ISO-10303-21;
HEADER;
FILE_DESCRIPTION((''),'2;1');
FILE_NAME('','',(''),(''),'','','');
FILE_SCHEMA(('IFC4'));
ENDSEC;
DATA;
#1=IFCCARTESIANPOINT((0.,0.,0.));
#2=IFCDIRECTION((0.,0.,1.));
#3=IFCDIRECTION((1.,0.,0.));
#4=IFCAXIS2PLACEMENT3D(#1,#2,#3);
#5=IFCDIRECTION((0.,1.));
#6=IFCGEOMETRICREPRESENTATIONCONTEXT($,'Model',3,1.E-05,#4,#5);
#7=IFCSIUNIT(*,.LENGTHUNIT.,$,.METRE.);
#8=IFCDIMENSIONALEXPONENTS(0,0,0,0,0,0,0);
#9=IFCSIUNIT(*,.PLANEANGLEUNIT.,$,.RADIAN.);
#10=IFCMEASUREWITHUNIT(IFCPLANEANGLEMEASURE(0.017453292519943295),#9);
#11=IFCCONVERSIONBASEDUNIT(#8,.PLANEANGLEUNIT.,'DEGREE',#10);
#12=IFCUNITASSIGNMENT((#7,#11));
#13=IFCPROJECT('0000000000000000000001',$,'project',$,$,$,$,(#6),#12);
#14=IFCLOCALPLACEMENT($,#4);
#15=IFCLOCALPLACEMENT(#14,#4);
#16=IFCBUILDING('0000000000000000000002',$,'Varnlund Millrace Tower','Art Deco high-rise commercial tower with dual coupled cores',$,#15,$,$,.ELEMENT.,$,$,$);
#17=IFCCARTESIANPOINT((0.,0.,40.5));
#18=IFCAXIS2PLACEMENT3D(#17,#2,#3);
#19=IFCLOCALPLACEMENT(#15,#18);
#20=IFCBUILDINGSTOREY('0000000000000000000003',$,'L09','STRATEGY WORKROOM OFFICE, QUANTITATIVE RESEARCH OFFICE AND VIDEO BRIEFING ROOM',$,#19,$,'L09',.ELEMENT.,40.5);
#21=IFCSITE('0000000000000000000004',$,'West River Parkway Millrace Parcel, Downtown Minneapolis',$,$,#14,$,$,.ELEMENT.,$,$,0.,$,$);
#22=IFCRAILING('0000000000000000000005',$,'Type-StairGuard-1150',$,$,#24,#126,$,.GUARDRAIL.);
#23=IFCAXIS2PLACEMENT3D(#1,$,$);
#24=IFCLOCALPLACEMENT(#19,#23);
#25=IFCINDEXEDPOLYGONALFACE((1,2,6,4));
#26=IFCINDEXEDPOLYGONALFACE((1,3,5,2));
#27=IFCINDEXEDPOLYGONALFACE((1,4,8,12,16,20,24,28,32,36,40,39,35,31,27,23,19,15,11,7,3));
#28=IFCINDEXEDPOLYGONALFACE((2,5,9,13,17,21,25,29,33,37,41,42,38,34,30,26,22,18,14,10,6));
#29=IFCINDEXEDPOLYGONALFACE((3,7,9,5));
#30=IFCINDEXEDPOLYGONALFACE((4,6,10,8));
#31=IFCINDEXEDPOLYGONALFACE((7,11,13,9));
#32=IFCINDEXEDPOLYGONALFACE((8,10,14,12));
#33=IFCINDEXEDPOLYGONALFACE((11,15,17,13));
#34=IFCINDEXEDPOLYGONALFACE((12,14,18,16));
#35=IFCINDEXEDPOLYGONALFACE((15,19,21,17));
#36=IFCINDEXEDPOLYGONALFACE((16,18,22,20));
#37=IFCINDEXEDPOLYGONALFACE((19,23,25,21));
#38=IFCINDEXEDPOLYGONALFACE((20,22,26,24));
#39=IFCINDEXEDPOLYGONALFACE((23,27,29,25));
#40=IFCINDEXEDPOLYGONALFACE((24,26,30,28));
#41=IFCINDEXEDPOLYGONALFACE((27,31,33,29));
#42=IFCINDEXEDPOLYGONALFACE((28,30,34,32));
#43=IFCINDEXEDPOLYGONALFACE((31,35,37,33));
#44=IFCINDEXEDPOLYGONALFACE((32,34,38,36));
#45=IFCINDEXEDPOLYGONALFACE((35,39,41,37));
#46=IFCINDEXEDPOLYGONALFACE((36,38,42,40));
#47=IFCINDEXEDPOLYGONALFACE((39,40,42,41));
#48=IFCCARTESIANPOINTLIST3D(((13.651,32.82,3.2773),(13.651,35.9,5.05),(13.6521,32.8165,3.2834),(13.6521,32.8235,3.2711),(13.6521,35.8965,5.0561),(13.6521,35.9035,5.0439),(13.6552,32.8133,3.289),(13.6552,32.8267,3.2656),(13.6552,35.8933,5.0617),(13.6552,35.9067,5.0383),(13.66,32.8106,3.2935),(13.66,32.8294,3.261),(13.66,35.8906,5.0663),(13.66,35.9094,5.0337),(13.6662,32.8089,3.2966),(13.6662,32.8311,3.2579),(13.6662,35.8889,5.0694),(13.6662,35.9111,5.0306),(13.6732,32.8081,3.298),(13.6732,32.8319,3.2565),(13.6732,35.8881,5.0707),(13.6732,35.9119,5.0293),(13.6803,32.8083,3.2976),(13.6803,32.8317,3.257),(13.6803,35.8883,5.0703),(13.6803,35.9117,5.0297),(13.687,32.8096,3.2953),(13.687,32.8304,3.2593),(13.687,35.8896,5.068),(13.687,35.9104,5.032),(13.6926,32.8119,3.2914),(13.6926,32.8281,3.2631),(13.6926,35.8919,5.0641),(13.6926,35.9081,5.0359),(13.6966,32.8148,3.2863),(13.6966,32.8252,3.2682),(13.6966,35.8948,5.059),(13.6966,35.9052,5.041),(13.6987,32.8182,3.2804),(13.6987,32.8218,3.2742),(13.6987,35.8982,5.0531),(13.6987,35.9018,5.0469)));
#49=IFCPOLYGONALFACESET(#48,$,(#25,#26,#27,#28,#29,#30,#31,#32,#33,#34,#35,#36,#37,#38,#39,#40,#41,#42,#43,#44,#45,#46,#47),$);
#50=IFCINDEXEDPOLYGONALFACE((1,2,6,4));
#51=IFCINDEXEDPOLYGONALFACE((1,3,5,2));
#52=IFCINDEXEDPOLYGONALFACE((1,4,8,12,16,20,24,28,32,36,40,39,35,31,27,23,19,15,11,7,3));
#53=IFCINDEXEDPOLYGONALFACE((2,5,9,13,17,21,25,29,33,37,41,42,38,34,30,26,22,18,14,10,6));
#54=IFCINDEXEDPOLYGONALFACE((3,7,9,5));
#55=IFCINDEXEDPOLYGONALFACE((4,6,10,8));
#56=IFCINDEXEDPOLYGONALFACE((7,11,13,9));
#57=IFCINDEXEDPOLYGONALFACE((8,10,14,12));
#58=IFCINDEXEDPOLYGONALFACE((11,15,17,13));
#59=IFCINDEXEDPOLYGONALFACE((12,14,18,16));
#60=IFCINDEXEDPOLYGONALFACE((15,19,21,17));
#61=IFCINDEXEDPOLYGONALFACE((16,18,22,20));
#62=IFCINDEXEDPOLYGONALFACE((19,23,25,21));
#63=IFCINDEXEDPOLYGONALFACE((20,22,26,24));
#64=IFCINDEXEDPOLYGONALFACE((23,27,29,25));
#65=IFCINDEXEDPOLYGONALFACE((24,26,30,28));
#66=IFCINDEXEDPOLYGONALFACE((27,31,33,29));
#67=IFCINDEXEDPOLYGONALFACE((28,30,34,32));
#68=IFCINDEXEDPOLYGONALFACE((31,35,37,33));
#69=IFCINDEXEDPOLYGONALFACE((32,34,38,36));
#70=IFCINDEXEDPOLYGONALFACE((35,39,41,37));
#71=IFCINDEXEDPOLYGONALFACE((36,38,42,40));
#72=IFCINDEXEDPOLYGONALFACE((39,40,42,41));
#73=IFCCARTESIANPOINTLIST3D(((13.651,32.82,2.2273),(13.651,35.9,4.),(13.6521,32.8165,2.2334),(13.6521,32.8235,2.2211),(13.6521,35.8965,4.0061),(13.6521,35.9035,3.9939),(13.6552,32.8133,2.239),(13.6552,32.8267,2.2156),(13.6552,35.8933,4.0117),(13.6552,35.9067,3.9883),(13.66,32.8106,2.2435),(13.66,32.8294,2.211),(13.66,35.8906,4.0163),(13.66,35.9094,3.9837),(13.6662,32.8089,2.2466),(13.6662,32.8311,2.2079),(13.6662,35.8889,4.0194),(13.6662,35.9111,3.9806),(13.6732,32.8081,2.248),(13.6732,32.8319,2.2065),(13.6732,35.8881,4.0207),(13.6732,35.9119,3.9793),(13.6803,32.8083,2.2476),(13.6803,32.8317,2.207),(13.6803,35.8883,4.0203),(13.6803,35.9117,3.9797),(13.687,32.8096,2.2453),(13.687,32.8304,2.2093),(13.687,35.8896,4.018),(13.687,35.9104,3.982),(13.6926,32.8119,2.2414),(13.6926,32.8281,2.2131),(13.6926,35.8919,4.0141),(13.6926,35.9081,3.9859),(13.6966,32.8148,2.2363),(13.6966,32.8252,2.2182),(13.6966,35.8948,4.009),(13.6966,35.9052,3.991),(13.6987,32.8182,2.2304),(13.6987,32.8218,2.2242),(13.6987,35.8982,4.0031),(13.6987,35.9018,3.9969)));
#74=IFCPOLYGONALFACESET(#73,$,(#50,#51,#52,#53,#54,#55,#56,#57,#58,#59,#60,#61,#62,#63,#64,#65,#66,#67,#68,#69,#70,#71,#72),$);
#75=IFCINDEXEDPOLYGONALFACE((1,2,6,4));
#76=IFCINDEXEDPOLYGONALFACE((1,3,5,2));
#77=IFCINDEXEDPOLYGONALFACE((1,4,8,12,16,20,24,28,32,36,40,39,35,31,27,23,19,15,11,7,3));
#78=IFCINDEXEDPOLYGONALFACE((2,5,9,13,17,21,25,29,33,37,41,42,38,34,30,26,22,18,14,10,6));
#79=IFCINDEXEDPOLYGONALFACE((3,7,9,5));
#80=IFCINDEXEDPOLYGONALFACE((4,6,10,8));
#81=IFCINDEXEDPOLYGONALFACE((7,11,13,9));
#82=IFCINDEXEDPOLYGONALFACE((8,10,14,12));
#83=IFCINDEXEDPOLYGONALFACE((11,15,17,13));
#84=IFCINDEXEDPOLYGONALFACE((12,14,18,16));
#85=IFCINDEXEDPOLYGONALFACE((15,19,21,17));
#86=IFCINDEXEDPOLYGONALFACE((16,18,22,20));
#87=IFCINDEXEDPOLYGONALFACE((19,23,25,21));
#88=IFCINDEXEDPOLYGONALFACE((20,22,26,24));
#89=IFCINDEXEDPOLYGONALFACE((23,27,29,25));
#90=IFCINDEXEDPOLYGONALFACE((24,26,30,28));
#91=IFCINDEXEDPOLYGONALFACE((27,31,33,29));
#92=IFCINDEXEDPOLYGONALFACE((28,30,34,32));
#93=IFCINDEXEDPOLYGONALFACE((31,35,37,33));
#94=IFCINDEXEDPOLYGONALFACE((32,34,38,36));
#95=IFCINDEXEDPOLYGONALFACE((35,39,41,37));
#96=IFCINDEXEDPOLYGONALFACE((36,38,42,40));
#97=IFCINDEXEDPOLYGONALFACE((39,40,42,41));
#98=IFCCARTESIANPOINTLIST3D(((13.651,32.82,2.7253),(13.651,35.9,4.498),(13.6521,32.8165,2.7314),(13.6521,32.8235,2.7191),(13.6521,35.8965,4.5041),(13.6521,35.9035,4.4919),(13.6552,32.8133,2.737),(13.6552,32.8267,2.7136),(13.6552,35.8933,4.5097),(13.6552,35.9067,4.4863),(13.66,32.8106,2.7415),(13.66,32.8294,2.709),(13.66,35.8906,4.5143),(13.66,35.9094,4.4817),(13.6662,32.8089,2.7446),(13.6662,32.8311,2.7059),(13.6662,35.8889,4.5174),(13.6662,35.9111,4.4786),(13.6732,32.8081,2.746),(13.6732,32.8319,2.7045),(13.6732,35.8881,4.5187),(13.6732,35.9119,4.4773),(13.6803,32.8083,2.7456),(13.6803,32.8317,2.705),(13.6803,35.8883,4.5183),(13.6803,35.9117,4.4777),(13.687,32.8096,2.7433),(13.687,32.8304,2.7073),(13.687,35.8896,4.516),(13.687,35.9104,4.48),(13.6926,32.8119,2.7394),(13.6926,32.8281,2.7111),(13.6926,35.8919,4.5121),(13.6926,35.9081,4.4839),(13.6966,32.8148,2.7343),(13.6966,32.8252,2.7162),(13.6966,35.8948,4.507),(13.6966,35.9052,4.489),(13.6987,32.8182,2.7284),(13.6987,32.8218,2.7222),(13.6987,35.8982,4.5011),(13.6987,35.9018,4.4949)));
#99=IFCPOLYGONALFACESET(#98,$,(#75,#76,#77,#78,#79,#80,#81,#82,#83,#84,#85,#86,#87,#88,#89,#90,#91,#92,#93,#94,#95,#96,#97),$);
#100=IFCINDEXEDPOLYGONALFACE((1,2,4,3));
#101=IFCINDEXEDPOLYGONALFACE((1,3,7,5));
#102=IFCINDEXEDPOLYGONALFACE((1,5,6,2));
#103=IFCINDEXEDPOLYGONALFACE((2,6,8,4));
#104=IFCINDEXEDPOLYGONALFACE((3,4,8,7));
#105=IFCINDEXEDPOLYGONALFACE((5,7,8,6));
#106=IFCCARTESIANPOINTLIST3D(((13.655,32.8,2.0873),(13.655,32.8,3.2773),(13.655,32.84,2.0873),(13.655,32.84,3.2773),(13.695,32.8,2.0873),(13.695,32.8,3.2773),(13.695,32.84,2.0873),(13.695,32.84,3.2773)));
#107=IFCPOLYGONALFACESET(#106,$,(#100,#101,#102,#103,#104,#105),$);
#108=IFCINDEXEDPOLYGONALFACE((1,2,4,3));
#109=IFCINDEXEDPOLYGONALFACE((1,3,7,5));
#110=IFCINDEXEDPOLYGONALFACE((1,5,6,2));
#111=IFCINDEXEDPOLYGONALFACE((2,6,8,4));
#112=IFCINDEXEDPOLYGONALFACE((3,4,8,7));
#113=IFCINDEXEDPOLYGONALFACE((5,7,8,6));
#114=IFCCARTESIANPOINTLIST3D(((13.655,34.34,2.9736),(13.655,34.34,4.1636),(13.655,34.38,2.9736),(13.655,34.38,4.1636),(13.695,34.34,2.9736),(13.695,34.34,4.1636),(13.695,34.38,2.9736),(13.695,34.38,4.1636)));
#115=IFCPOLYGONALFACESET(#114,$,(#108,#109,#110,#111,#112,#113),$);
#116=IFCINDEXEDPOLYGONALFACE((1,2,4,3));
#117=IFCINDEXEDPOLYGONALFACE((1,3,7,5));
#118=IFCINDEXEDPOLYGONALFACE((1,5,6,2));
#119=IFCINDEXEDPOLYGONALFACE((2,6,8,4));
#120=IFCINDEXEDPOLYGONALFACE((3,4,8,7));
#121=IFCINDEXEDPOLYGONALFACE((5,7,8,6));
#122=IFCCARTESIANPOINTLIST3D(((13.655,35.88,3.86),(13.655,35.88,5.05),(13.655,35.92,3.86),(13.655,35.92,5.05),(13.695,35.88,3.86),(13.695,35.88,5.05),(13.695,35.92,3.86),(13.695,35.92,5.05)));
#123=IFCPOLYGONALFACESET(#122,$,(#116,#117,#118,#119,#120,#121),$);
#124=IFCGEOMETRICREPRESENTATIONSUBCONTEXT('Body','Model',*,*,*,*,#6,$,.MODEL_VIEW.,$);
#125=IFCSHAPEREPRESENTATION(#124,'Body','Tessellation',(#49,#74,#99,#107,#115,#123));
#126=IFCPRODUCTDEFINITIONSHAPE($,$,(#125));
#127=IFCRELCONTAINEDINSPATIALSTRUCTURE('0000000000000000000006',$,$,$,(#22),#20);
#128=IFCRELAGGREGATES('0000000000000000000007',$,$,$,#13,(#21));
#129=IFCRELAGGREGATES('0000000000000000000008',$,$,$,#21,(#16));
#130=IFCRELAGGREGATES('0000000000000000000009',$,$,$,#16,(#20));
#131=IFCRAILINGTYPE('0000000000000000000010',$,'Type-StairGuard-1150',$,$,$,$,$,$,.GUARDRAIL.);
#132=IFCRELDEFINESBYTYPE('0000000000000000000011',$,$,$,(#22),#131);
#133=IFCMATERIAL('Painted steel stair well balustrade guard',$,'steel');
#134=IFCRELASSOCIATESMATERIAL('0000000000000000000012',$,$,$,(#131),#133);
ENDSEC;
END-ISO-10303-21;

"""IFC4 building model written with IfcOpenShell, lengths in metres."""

from ifc_helpers import new_model, entity, si_unit, converted_unit, direction, frame, origin_with_axes, origin_2d_with_axis, place, context, subcontext, project, spatial, rectangle, circle, extrude, material, type_object, element, save


model = new_model("IFC4")

# Units and contexts
model_context = context("Model", 3, precision=1e-05, world=origin_with_axes(), true_north=direction((0.0, 1.0)))
body_context = subcontext(model_context, "Body", "Model", "MODEL_VIEW")
ifc_project = project(units=[si_unit("LENGTHUNIT", "METRE"), converted_unit("PLANEANGLEUNIT", "DEGREE", entity("IfcPlaneAngleMeasure", 0.017453292519943295), si_unit("PLANEANGLEUNIT", "RADIAN"), dimensions=[0, 0, 0, 0, 0, 0, 0])], contexts=[model_context])

# Site, building, storey
site_placement = place(None, origin_with_axes())
site = spatial("IfcSite", under=ifc_project, at=site_placement, Name="West River Parkway Millrace Parcel, Downtown Minneapolis", CompositionType="ELEMENT", RefElevation=0.0)
building_placement = place(site_placement, origin_with_axes())
building = spatial("IfcBuilding", under=site, at=building_placement, Name="Varnlund Millrace Tower", Description="Art Deco high-rise commercial tower with dual coupled cores", CompositionType="ELEMENT")
storey_placement = place(building_placement, frame((0.0, 0.0, 40.5), z_axis=(0.0, 0.0, 1.0), x_axis=(1.0, 0.0, 0.0)))
storey = spatial("IfcBuildingStorey", under=building, at=storey_placement, Name="L09", Description="STRATEGY WORKROOM OFFICE, QUANTITATIVE RESEARCH OFFICE AND VIDEO BRIEFING ROOM", LongName="L09", CompositionType="ELEMENT", Elevation=40.5)

# Railing
ifc_material_1 = material(Name="Painted steel stair well balustrade guard", Category="steel")
railing_type_1 = type_object("IfcRailingType", Name="Type-StairGuard-1150", PredefinedType="GUARDRAIL", material=ifc_material_1)
railing_1_placement = place(storey_placement, frame((0.0, 0.0, -40.5), z_axis=(0.0, 0.0, 1.0), x_axis=(1.0, 0.0, 0.0)))
element("IfcRailing", 1, at=railing_1_placement, inside=storey, type_object=railing_type_1, Name="Type-StairGuard-1150", PredefinedType="GUARDRAIL", context=body_context, shape_type="SweptSolid", body=[
    extrude(circle(Radius=0.024, at=origin_2d_with_axis()), frame((13.675, 32.82, 43.7773), z_axis=(0.0, 0.866696, 0.498836), x_axis=(-1.0, 0.0, 0.0)), (0.0, 0.0, 1.0), 3.5537),
    extrude(circle(Radius=0.024, at=origin_2d_with_axis()), frame((13.675, 32.82, 42.7273), z_axis=(0.0, 0.866696, 0.498836), x_axis=(-1.0, 0.0, 0.0)), (0.0, 0.0, 1.0), 3.5537),
    extrude(circle(Radius=0.024, at=origin_2d_with_axis()), frame((13.675, 32.82, 43.2253), z_axis=(0.0, 0.866696, 0.498836), x_axis=(-1.0, 0.0, 0.0)), (0.0, 0.0, 1.0), 3.5537),
    extrude(rectangle(XDim=0.04, YDim=0.04, at=origin_2d_with_axis()), frame((13.675, 32.82, 42.5873), z_axis=(0.0, 0.0, 1.0), x_axis=(1.0, 0.0, 0.0)), (0.0, 0.0, 1.0), 1.19),
    extrude(rectangle(XDim=0.04, YDim=0.04, at=origin_2d_with_axis()), frame((13.675, 34.36, 43.4736), z_axis=(0.0, 0.0, 1.0), x_axis=(1.0, 0.0, 0.0)), (0.0, 0.0, 1.0), 1.19),
    extrude(rectangle(XDim=0.04, YDim=0.04, at=origin_2d_with_axis()), frame((13.675, 35.9, 44.36), z_axis=(0.0, 0.0, 1.0), x_axis=(1.0, 0.0, 0.0)), (0.0, 0.0, 1.0), 1.19),
])

save(model, "model.ifc")
